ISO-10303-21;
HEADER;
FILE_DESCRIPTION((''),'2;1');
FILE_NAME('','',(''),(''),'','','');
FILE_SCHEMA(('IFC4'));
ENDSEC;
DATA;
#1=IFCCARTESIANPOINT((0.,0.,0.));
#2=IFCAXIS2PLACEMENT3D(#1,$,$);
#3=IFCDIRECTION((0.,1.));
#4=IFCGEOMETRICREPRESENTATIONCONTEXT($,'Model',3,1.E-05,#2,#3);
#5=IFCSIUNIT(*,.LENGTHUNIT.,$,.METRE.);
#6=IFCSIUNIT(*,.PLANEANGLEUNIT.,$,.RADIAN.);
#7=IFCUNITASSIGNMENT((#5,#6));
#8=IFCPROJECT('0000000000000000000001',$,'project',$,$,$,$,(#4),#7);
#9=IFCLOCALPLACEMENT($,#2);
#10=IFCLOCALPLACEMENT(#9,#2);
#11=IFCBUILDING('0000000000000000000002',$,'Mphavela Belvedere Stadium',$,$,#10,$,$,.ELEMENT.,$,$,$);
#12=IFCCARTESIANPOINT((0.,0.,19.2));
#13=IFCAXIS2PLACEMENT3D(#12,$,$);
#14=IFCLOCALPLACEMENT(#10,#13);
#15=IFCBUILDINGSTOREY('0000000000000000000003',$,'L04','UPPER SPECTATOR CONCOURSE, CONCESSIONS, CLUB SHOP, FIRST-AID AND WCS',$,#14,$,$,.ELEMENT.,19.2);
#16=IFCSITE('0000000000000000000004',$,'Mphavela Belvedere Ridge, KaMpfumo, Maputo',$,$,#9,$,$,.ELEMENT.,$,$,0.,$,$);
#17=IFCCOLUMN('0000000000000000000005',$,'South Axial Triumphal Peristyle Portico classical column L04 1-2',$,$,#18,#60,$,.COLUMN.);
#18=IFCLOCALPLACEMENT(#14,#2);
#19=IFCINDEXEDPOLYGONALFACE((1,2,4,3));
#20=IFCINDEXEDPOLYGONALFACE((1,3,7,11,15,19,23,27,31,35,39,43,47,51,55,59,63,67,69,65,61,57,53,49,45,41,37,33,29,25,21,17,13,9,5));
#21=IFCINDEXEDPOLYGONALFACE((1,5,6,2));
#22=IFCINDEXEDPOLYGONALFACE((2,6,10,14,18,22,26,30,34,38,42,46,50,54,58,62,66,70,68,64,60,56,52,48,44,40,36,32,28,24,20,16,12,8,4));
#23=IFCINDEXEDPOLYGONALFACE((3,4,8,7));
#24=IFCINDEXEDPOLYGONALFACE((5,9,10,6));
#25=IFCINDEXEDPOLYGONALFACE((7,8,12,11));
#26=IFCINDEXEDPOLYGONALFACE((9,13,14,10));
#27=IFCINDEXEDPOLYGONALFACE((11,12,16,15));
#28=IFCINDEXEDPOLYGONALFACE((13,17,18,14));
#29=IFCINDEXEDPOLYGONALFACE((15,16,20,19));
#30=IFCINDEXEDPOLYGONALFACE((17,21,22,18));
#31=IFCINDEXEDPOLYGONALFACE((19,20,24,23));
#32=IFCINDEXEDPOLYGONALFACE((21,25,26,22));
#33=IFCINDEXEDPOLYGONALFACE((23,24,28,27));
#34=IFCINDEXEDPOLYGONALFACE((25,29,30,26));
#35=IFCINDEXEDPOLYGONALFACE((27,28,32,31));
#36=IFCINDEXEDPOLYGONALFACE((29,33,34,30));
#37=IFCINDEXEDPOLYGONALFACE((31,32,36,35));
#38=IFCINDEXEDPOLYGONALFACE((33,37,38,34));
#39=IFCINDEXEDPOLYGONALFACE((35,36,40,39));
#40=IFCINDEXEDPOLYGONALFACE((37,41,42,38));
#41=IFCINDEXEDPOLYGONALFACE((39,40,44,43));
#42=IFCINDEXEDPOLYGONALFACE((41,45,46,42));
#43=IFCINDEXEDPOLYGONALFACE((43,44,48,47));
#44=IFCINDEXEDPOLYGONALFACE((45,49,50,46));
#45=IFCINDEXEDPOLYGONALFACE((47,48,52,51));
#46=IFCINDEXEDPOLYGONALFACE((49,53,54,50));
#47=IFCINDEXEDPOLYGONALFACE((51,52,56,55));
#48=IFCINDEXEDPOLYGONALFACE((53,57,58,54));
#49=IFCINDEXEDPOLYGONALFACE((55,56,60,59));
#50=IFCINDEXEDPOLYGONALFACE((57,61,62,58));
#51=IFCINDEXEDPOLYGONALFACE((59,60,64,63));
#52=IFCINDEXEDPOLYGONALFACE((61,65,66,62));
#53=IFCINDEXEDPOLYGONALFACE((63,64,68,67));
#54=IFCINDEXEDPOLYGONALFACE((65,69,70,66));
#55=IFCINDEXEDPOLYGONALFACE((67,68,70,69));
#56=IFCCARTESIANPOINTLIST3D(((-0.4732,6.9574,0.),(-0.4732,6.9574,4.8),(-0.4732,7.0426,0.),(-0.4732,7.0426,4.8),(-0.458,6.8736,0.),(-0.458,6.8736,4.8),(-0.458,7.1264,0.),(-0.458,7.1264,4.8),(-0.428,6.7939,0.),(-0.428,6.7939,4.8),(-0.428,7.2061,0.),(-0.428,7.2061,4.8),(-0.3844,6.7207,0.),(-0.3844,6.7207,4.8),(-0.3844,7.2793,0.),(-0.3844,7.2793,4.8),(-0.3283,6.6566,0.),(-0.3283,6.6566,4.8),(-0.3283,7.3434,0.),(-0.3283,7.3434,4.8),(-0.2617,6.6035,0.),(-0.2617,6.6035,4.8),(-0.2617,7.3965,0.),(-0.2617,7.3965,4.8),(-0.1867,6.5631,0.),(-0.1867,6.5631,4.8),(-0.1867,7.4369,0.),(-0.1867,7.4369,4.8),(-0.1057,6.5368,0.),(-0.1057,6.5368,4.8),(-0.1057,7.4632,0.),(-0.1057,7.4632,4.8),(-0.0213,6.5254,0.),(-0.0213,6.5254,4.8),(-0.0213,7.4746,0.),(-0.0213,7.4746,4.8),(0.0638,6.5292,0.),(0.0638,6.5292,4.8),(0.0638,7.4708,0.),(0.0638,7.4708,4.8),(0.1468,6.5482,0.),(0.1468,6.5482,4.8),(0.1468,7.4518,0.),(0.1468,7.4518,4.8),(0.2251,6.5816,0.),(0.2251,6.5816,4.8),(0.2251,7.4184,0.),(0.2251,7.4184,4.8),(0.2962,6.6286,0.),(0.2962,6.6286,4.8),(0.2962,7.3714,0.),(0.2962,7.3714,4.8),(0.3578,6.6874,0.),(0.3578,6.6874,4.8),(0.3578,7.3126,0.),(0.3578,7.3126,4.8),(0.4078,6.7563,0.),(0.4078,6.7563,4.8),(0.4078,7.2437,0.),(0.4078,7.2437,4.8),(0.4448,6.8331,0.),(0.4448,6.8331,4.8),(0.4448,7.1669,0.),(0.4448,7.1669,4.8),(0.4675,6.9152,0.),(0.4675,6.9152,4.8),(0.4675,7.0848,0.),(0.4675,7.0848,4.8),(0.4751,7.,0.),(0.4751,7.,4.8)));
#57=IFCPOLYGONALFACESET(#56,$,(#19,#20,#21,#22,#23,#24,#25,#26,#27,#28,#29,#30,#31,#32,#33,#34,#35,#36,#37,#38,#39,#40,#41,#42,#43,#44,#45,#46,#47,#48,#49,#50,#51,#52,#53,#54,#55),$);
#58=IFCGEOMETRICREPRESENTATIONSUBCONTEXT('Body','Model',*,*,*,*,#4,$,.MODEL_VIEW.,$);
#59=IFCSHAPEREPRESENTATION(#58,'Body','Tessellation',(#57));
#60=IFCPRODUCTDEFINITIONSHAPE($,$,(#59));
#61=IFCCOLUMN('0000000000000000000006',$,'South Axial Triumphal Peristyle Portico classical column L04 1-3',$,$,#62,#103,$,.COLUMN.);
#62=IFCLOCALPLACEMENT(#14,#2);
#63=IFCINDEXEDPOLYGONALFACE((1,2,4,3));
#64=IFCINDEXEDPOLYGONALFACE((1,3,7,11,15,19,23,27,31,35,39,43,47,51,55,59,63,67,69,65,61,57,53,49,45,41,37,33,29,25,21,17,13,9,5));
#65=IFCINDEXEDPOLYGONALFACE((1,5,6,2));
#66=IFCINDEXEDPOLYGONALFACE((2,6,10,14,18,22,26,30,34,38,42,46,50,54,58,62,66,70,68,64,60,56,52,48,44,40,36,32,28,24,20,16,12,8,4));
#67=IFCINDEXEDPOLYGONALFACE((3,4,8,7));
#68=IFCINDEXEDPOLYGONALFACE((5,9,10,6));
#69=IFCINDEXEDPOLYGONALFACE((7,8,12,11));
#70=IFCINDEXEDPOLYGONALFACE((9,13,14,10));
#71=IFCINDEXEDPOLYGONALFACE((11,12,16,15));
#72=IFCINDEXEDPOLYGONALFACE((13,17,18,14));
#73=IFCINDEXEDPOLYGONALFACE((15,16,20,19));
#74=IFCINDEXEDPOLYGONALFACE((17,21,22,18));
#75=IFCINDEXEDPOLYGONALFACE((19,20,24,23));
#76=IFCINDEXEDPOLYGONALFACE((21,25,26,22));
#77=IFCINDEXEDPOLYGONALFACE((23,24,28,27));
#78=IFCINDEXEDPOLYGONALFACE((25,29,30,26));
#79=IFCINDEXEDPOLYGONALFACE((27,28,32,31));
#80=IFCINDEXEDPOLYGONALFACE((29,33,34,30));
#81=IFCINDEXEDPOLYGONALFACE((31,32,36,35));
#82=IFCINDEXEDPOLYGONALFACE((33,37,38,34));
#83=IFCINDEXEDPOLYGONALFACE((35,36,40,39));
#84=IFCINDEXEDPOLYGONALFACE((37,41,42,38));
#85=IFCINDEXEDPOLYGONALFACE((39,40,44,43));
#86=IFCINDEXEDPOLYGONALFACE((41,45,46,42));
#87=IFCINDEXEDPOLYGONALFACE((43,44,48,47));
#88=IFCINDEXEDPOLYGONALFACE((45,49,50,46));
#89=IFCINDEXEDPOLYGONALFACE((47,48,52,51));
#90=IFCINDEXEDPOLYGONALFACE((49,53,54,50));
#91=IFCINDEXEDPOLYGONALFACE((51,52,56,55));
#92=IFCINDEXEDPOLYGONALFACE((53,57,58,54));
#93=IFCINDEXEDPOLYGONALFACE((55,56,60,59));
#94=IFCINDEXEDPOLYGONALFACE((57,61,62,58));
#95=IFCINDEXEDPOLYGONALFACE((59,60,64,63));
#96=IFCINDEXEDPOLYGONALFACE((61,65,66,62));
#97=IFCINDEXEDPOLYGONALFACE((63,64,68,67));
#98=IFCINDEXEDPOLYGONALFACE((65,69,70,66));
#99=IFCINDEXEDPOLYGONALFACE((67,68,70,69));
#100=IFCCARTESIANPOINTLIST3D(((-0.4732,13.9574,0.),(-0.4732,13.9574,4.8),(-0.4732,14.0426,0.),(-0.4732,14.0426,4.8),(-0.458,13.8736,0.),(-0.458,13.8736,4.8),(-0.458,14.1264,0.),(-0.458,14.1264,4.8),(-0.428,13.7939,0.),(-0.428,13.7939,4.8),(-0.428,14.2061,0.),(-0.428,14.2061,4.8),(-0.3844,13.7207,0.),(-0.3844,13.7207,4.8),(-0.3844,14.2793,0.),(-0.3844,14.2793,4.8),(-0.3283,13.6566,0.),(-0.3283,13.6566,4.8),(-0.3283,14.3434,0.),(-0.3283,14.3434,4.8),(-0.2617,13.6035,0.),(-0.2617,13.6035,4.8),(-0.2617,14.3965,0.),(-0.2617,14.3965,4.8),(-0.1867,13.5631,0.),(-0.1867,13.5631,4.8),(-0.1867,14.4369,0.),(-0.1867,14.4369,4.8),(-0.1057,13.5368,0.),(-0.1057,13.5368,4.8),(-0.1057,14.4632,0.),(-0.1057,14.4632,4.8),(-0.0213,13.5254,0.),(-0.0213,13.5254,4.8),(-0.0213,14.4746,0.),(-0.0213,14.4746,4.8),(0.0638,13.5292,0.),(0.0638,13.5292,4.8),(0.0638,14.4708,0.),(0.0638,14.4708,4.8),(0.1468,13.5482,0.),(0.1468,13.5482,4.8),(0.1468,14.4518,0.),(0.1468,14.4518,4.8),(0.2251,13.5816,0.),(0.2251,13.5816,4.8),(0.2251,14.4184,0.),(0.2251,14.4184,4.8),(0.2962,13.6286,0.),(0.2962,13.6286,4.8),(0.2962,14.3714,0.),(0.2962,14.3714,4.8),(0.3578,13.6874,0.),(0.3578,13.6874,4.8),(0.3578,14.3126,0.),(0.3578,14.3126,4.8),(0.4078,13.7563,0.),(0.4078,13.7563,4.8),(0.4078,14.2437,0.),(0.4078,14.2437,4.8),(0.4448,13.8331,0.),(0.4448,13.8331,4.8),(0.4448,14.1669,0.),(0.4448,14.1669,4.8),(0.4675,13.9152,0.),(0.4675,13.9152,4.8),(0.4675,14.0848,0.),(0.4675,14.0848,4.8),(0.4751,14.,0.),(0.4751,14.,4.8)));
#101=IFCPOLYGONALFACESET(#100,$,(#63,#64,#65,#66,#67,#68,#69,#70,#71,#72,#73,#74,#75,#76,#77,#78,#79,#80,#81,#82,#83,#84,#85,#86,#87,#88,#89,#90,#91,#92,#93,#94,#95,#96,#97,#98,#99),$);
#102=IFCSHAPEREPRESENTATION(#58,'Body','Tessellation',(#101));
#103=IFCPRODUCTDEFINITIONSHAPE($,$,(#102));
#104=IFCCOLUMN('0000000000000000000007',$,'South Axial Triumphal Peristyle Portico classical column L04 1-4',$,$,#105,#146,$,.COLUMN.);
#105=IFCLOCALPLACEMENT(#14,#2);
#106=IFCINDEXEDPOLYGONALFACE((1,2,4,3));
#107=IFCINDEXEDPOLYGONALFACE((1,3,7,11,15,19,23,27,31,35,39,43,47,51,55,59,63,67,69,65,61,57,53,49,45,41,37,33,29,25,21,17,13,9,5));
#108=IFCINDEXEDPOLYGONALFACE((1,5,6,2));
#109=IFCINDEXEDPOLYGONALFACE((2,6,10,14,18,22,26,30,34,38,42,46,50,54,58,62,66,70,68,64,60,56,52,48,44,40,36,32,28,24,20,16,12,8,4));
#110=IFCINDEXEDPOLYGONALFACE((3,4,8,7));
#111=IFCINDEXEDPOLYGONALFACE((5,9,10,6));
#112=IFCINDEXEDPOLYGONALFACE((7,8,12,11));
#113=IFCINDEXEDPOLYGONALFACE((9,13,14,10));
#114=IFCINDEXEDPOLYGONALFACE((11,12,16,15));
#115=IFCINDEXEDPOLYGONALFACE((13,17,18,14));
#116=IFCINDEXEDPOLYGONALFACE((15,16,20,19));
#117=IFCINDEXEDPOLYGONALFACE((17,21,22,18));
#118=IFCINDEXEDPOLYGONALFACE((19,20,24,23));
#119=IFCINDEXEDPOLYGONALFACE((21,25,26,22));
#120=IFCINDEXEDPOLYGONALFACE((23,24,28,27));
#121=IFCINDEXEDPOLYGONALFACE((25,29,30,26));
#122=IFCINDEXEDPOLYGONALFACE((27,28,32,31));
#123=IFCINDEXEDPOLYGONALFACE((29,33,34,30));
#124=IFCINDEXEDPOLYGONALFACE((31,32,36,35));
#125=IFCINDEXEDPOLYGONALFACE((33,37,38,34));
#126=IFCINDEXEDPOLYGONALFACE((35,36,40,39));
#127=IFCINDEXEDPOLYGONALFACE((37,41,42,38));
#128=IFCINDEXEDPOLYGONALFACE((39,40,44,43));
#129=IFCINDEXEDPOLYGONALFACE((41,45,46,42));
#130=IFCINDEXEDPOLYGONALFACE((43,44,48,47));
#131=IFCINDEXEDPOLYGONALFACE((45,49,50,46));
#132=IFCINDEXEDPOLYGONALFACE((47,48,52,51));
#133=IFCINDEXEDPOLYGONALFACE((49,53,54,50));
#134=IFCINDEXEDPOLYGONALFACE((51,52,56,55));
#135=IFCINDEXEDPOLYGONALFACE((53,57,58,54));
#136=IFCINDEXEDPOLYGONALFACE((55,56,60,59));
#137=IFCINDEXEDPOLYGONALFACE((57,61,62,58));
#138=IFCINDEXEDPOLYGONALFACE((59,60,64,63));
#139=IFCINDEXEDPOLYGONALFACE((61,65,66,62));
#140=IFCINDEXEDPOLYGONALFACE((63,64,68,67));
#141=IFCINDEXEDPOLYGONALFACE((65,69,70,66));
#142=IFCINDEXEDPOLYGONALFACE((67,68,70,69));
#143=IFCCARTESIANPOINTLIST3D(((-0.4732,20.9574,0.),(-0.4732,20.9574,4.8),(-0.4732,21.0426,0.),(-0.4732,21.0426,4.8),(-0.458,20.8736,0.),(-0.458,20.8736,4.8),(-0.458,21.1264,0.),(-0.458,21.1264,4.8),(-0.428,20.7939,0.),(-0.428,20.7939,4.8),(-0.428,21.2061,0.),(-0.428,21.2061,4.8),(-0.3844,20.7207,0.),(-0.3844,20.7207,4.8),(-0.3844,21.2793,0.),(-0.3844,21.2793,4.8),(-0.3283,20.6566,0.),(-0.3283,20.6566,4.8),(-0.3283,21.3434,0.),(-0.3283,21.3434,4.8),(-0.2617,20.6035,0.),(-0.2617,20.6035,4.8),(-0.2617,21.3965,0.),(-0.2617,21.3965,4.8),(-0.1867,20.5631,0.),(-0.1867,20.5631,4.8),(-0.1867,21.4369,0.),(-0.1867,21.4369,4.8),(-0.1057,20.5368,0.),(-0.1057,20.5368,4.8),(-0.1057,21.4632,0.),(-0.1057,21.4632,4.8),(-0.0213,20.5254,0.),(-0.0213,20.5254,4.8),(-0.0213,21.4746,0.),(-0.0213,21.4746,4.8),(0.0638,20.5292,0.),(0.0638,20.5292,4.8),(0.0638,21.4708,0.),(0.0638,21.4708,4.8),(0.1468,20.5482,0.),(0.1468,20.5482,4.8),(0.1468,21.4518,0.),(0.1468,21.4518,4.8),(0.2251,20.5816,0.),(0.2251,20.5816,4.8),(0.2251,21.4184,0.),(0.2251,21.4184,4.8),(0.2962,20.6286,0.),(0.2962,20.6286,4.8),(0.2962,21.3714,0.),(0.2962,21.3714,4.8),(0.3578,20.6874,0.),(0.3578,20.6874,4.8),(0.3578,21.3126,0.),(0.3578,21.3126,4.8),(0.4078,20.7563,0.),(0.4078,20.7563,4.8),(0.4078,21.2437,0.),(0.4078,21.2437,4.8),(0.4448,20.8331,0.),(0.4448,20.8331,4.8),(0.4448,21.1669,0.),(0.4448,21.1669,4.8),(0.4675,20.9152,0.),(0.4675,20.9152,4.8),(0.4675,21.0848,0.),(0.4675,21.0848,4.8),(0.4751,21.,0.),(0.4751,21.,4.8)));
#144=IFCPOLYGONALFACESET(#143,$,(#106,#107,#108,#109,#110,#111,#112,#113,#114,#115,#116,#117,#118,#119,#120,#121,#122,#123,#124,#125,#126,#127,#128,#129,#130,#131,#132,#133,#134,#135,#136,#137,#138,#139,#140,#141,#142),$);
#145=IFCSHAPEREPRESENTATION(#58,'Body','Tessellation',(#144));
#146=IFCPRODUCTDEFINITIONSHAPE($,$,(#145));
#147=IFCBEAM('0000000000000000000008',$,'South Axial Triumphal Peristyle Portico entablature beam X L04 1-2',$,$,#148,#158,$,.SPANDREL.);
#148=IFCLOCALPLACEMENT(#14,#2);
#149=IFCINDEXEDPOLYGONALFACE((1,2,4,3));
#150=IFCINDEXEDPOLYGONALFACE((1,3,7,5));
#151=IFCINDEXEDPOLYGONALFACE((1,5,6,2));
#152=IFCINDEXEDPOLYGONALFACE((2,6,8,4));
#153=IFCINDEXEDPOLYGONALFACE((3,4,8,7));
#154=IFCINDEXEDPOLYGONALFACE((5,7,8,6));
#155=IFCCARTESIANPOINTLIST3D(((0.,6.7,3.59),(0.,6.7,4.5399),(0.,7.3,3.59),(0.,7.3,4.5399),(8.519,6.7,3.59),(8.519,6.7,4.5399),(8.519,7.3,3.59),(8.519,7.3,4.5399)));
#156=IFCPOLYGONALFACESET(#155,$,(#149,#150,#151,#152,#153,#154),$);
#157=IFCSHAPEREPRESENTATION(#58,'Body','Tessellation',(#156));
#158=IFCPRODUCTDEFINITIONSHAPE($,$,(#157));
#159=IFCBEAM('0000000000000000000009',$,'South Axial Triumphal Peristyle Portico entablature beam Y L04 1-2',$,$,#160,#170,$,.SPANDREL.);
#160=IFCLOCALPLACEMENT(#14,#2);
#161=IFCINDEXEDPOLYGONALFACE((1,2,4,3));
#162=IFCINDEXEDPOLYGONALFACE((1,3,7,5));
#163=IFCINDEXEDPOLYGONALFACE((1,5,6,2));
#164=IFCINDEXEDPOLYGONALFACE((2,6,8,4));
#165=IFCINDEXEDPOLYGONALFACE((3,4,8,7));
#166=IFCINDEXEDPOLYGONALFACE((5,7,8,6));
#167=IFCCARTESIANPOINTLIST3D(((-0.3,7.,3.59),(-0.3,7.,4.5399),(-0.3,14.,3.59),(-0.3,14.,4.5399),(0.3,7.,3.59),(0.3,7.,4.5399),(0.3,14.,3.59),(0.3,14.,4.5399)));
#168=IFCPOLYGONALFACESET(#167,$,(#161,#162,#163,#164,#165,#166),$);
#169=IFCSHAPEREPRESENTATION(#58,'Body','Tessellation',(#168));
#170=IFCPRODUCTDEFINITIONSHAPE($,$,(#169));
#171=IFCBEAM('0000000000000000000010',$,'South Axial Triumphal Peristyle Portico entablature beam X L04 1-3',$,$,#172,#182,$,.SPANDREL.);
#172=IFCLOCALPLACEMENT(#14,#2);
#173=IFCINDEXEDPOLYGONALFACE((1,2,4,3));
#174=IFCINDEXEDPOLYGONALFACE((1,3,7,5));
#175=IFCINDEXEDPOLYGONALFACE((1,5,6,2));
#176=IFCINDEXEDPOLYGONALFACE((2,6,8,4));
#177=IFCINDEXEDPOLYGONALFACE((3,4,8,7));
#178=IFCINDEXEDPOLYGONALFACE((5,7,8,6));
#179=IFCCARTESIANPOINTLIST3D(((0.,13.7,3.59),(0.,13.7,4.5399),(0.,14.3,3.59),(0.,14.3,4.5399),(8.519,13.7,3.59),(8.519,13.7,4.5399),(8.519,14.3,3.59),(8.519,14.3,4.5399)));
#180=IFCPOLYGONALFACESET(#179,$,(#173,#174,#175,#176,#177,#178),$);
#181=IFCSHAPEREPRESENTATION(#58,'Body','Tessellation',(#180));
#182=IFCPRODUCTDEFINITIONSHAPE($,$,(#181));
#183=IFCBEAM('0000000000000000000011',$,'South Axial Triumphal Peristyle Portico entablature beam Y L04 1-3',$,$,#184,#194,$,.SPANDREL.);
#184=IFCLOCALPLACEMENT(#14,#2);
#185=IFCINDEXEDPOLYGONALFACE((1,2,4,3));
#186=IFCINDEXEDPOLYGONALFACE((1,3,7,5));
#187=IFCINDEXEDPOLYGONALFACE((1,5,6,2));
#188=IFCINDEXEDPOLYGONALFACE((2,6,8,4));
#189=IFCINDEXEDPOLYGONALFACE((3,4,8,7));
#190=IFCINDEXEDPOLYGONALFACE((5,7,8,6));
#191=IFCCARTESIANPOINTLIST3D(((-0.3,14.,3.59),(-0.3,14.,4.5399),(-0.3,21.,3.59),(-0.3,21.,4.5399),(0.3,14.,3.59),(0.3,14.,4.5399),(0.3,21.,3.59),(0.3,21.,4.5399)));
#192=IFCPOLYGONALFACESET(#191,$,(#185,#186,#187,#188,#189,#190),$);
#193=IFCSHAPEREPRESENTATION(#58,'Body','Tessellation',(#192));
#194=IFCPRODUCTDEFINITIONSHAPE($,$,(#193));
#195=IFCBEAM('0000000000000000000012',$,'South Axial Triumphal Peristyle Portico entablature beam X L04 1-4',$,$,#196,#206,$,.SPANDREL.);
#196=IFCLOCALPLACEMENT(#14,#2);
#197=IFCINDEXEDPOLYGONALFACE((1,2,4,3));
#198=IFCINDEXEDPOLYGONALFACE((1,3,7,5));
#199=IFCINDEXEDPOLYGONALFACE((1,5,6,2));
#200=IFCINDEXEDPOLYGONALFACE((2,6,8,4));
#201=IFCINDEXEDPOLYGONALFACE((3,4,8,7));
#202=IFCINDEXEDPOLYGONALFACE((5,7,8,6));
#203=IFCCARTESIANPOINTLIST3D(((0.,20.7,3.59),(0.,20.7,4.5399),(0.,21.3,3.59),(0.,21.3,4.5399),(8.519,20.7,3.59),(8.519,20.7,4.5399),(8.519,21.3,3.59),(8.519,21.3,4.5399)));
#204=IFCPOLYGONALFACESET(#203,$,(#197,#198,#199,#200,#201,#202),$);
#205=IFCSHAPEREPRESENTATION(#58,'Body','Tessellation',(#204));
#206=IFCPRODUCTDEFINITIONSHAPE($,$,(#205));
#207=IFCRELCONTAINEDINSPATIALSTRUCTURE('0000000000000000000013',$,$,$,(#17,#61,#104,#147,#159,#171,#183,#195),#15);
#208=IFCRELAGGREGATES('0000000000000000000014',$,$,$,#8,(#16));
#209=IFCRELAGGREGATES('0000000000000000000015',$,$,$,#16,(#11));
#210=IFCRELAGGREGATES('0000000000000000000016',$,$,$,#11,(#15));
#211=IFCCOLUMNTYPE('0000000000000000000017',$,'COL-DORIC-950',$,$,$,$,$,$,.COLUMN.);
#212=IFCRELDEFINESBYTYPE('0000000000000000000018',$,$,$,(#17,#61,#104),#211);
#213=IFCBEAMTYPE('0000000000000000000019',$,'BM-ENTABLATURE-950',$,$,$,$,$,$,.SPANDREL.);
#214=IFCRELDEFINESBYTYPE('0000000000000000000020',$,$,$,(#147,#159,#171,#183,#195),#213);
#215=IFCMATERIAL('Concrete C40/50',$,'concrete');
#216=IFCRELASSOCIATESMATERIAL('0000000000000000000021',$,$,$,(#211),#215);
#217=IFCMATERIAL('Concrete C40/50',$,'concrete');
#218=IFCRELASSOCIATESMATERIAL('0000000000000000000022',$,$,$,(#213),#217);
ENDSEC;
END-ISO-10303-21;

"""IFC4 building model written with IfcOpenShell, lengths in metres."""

from ifc_helpers import new_model, si_unit, direction, frame, origin, origin_2d, place, context, subcontext, project, spatial, rectangle, circle, extrude, material, material_profile, profile_set, type_object, element, save


model = new_model("IFC4")

# Units and contexts
model_context = context("Model", 3, precision=1e-05, world=origin(), true_north=direction((0.0, 1.0)))
body_context = subcontext(model_context, "Body", "Model", "MODEL_VIEW")
ifc_project = project(units=[si_unit("LENGTHUNIT", "METRE"), si_unit("PLANEANGLEUNIT", "RADIAN")], contexts=[model_context])

# Site, building, storey
site_placement = place(None, origin())
site = spatial("IfcSite", under=ifc_project, at=site_placement, Name="Mphavela Belvedere Ridge, KaMpfumo, Maputo", CompositionType="ELEMENT", RefElevation=0.0)
building_placement = place(site_placement, origin())
building = spatial("IfcBuilding", under=site, at=building_placement, Name="Mphavela Belvedere Stadium", CompositionType="ELEMENT")
storey_placement = place(building_placement, frame((0.0, 0.0, 19.2)))
storey = spatial("IfcBuildingStorey", under=building, at=storey_placement, Name="L04", Description="UPPER SPECTATOR CONCOURSE, CONCESSIONS, CLUB SHOP, FIRST-AID AND WCS", CompositionType="ELEMENT", Elevation=19.2)

# Columns
ifc_material_1 = material(Name="Concrete C40/50", Category="concrete")
ifc_material_profile_1 = material_profile(ifc_material_1, circle(Radius=0.4751, at=origin_2d()), Name="COL D950")
ifc_profile_set_1 = profile_set([ifc_material_profile_1], Name="Concrete C40/50")
column_type = type_object("IfcColumnType", Name="COL-DORIC-950", PredefinedType="COLUMN", material=ifc_profile_set_1)
for number, where, z_axis, x_axis, name in (
    (1, (0.0, 7.0, 0.0), (0.0, 0.0, 1.0), (1.0, 0.0, 0.0), "South Axial Triumphal Peristyle Portico classical column L04 1-2"),
    (2, (0.0, 14.0, 0.0), (0.0, 0.0, 1.0), (1.0, 0.0, 0.0), "South Axial Triumphal Peristyle Portico classical column L04 1-3"),
    (3, (0.0, 21.0, 0.0), (0.0, 0.0, 1.0), (1.0, 0.0, 0.0), "South Axial Triumphal Peristyle Portico classical column L04 1-4"),
):
    element("IfcColumn", number, at=place(storey_placement, frame(where, z_axis=z_axis, x_axis=x_axis)), inside=storey, type_object=column_type, Name=name, PredefinedType="COLUMN", context=body_context, shape_type="SweptSolid", body=[
        extrude(circle(Radius=0.4751, at=origin_2d()), origin(), (0.0, 0.0, 1.0), 4.8),
    ])

# Beams
ifc_material_2 = material(Name="Concrete C40/50", Category="concrete")
ifc_material_profile_2 = material_profile(ifc_material_2, rectangle(XDim=0.6001, YDim=0.95, at=origin_2d()), Name="RC 600x950")
ifc_profile_set_2 = profile_set([ifc_material_profile_2], Name="Concrete C40/50")
beam_type = type_object("IfcBeamType", Name="BM-ENTABLATURE-950", PredefinedType="SPANDREL", material=ifc_profile_set_2)
beam_1_placement = place(storey_placement, frame((0.0, 7.0, 4.0649), z_axis=(1.0, 0.0, 0.0), x_axis=(0.0, 1.0, 0.0)))
element("IfcBeam", 4, at=beam_1_placement, inside=storey, type_object=beam_type, Name="South Axial Triumphal Peristyle Portico entablature beam X L04 1-2", PredefinedType="SPANDREL", context=body_context, shape_type="SweptSolid", body=[
    extrude(rectangle(XDim=0.6001, YDim=0.95, at=origin_2d()), origin(), (0.0, 0.0, 1.0), 8.519),
])
beam_2_placement = place(storey_placement, frame((0.0, 7.0, 4.0649), z_axis=(0.0, 1.0, 0.0), x_axis=(-1.0, 0.0, 0.0)))
element("IfcBeam", 5, at=beam_2_placement, inside=storey, type_object=beam_type, Name="South Axial Triumphal Peristyle Portico entablature beam Y L04 1-2", PredefinedType="SPANDREL", context=body_context, shape_type="SweptSolid", body=[
    extrude(rectangle(XDim=0.6001, YDim=0.95, at=origin_2d()), origin(), (0.0, 0.0, 1.0), 7.0),
])
beam_3_placement = place(storey_placement, frame((0.0, 14.0, 4.0649), z_axis=(1.0, 0.0, 0.0), x_axis=(0.0, 1.0, 0.0)))
element("IfcBeam", 6, at=beam_3_placement, inside=storey, type_object=beam_type, Name="South Axial Triumphal Peristyle Portico entablature beam X L04 1-3", PredefinedType="SPANDREL", context=body_context, shape_type="SweptSolid", body=[
    extrude(rectangle(XDim=0.6001, YDim=0.95, at=origin_2d()), origin(), (0.0, 0.0, 1.0), 8.519),
])
beam_4_placement = place(storey_placement, frame((0.0, 14.0, 4.0649), z_axis=(0.0, 1.0, 0.0), x_axis=(-1.0, 0.0, 0.0)))
element("IfcBeam", 7, at=beam_4_placement, inside=storey, type_object=beam_type, Name="South Axial Triumphal Peristyle Portico entablature beam Y L04 1-3", PredefinedType="SPANDREL", context=body_context, shape_type="SweptSolid", body=[
    extrude(rectangle(XDim=0.6001, YDim=0.95, at=origin_2d()), origin(), (0.0, 0.0, 1.0), 7.0),
])
beam_5_placement = place(storey_placement, frame((0.0, 21.0, 4.0649), z_axis=(1.0, 0.0, 0.0), x_axis=(0.0, 1.0, 0.0)))
element("IfcBeam", 8, at=beam_5_placement, inside=storey, type_object=beam_type, Name="South Axial Triumphal Peristyle Portico entablature beam X L04 1-4", PredefinedType="SPANDREL", context=body_context, shape_type="SweptSolid", body=[
    extrude(rectangle(XDim=0.6001, YDim=0.95, at=origin_2d()), origin(), (0.0, 0.0, 1.0), 8.519),
])

save(model, "model.ifc")
